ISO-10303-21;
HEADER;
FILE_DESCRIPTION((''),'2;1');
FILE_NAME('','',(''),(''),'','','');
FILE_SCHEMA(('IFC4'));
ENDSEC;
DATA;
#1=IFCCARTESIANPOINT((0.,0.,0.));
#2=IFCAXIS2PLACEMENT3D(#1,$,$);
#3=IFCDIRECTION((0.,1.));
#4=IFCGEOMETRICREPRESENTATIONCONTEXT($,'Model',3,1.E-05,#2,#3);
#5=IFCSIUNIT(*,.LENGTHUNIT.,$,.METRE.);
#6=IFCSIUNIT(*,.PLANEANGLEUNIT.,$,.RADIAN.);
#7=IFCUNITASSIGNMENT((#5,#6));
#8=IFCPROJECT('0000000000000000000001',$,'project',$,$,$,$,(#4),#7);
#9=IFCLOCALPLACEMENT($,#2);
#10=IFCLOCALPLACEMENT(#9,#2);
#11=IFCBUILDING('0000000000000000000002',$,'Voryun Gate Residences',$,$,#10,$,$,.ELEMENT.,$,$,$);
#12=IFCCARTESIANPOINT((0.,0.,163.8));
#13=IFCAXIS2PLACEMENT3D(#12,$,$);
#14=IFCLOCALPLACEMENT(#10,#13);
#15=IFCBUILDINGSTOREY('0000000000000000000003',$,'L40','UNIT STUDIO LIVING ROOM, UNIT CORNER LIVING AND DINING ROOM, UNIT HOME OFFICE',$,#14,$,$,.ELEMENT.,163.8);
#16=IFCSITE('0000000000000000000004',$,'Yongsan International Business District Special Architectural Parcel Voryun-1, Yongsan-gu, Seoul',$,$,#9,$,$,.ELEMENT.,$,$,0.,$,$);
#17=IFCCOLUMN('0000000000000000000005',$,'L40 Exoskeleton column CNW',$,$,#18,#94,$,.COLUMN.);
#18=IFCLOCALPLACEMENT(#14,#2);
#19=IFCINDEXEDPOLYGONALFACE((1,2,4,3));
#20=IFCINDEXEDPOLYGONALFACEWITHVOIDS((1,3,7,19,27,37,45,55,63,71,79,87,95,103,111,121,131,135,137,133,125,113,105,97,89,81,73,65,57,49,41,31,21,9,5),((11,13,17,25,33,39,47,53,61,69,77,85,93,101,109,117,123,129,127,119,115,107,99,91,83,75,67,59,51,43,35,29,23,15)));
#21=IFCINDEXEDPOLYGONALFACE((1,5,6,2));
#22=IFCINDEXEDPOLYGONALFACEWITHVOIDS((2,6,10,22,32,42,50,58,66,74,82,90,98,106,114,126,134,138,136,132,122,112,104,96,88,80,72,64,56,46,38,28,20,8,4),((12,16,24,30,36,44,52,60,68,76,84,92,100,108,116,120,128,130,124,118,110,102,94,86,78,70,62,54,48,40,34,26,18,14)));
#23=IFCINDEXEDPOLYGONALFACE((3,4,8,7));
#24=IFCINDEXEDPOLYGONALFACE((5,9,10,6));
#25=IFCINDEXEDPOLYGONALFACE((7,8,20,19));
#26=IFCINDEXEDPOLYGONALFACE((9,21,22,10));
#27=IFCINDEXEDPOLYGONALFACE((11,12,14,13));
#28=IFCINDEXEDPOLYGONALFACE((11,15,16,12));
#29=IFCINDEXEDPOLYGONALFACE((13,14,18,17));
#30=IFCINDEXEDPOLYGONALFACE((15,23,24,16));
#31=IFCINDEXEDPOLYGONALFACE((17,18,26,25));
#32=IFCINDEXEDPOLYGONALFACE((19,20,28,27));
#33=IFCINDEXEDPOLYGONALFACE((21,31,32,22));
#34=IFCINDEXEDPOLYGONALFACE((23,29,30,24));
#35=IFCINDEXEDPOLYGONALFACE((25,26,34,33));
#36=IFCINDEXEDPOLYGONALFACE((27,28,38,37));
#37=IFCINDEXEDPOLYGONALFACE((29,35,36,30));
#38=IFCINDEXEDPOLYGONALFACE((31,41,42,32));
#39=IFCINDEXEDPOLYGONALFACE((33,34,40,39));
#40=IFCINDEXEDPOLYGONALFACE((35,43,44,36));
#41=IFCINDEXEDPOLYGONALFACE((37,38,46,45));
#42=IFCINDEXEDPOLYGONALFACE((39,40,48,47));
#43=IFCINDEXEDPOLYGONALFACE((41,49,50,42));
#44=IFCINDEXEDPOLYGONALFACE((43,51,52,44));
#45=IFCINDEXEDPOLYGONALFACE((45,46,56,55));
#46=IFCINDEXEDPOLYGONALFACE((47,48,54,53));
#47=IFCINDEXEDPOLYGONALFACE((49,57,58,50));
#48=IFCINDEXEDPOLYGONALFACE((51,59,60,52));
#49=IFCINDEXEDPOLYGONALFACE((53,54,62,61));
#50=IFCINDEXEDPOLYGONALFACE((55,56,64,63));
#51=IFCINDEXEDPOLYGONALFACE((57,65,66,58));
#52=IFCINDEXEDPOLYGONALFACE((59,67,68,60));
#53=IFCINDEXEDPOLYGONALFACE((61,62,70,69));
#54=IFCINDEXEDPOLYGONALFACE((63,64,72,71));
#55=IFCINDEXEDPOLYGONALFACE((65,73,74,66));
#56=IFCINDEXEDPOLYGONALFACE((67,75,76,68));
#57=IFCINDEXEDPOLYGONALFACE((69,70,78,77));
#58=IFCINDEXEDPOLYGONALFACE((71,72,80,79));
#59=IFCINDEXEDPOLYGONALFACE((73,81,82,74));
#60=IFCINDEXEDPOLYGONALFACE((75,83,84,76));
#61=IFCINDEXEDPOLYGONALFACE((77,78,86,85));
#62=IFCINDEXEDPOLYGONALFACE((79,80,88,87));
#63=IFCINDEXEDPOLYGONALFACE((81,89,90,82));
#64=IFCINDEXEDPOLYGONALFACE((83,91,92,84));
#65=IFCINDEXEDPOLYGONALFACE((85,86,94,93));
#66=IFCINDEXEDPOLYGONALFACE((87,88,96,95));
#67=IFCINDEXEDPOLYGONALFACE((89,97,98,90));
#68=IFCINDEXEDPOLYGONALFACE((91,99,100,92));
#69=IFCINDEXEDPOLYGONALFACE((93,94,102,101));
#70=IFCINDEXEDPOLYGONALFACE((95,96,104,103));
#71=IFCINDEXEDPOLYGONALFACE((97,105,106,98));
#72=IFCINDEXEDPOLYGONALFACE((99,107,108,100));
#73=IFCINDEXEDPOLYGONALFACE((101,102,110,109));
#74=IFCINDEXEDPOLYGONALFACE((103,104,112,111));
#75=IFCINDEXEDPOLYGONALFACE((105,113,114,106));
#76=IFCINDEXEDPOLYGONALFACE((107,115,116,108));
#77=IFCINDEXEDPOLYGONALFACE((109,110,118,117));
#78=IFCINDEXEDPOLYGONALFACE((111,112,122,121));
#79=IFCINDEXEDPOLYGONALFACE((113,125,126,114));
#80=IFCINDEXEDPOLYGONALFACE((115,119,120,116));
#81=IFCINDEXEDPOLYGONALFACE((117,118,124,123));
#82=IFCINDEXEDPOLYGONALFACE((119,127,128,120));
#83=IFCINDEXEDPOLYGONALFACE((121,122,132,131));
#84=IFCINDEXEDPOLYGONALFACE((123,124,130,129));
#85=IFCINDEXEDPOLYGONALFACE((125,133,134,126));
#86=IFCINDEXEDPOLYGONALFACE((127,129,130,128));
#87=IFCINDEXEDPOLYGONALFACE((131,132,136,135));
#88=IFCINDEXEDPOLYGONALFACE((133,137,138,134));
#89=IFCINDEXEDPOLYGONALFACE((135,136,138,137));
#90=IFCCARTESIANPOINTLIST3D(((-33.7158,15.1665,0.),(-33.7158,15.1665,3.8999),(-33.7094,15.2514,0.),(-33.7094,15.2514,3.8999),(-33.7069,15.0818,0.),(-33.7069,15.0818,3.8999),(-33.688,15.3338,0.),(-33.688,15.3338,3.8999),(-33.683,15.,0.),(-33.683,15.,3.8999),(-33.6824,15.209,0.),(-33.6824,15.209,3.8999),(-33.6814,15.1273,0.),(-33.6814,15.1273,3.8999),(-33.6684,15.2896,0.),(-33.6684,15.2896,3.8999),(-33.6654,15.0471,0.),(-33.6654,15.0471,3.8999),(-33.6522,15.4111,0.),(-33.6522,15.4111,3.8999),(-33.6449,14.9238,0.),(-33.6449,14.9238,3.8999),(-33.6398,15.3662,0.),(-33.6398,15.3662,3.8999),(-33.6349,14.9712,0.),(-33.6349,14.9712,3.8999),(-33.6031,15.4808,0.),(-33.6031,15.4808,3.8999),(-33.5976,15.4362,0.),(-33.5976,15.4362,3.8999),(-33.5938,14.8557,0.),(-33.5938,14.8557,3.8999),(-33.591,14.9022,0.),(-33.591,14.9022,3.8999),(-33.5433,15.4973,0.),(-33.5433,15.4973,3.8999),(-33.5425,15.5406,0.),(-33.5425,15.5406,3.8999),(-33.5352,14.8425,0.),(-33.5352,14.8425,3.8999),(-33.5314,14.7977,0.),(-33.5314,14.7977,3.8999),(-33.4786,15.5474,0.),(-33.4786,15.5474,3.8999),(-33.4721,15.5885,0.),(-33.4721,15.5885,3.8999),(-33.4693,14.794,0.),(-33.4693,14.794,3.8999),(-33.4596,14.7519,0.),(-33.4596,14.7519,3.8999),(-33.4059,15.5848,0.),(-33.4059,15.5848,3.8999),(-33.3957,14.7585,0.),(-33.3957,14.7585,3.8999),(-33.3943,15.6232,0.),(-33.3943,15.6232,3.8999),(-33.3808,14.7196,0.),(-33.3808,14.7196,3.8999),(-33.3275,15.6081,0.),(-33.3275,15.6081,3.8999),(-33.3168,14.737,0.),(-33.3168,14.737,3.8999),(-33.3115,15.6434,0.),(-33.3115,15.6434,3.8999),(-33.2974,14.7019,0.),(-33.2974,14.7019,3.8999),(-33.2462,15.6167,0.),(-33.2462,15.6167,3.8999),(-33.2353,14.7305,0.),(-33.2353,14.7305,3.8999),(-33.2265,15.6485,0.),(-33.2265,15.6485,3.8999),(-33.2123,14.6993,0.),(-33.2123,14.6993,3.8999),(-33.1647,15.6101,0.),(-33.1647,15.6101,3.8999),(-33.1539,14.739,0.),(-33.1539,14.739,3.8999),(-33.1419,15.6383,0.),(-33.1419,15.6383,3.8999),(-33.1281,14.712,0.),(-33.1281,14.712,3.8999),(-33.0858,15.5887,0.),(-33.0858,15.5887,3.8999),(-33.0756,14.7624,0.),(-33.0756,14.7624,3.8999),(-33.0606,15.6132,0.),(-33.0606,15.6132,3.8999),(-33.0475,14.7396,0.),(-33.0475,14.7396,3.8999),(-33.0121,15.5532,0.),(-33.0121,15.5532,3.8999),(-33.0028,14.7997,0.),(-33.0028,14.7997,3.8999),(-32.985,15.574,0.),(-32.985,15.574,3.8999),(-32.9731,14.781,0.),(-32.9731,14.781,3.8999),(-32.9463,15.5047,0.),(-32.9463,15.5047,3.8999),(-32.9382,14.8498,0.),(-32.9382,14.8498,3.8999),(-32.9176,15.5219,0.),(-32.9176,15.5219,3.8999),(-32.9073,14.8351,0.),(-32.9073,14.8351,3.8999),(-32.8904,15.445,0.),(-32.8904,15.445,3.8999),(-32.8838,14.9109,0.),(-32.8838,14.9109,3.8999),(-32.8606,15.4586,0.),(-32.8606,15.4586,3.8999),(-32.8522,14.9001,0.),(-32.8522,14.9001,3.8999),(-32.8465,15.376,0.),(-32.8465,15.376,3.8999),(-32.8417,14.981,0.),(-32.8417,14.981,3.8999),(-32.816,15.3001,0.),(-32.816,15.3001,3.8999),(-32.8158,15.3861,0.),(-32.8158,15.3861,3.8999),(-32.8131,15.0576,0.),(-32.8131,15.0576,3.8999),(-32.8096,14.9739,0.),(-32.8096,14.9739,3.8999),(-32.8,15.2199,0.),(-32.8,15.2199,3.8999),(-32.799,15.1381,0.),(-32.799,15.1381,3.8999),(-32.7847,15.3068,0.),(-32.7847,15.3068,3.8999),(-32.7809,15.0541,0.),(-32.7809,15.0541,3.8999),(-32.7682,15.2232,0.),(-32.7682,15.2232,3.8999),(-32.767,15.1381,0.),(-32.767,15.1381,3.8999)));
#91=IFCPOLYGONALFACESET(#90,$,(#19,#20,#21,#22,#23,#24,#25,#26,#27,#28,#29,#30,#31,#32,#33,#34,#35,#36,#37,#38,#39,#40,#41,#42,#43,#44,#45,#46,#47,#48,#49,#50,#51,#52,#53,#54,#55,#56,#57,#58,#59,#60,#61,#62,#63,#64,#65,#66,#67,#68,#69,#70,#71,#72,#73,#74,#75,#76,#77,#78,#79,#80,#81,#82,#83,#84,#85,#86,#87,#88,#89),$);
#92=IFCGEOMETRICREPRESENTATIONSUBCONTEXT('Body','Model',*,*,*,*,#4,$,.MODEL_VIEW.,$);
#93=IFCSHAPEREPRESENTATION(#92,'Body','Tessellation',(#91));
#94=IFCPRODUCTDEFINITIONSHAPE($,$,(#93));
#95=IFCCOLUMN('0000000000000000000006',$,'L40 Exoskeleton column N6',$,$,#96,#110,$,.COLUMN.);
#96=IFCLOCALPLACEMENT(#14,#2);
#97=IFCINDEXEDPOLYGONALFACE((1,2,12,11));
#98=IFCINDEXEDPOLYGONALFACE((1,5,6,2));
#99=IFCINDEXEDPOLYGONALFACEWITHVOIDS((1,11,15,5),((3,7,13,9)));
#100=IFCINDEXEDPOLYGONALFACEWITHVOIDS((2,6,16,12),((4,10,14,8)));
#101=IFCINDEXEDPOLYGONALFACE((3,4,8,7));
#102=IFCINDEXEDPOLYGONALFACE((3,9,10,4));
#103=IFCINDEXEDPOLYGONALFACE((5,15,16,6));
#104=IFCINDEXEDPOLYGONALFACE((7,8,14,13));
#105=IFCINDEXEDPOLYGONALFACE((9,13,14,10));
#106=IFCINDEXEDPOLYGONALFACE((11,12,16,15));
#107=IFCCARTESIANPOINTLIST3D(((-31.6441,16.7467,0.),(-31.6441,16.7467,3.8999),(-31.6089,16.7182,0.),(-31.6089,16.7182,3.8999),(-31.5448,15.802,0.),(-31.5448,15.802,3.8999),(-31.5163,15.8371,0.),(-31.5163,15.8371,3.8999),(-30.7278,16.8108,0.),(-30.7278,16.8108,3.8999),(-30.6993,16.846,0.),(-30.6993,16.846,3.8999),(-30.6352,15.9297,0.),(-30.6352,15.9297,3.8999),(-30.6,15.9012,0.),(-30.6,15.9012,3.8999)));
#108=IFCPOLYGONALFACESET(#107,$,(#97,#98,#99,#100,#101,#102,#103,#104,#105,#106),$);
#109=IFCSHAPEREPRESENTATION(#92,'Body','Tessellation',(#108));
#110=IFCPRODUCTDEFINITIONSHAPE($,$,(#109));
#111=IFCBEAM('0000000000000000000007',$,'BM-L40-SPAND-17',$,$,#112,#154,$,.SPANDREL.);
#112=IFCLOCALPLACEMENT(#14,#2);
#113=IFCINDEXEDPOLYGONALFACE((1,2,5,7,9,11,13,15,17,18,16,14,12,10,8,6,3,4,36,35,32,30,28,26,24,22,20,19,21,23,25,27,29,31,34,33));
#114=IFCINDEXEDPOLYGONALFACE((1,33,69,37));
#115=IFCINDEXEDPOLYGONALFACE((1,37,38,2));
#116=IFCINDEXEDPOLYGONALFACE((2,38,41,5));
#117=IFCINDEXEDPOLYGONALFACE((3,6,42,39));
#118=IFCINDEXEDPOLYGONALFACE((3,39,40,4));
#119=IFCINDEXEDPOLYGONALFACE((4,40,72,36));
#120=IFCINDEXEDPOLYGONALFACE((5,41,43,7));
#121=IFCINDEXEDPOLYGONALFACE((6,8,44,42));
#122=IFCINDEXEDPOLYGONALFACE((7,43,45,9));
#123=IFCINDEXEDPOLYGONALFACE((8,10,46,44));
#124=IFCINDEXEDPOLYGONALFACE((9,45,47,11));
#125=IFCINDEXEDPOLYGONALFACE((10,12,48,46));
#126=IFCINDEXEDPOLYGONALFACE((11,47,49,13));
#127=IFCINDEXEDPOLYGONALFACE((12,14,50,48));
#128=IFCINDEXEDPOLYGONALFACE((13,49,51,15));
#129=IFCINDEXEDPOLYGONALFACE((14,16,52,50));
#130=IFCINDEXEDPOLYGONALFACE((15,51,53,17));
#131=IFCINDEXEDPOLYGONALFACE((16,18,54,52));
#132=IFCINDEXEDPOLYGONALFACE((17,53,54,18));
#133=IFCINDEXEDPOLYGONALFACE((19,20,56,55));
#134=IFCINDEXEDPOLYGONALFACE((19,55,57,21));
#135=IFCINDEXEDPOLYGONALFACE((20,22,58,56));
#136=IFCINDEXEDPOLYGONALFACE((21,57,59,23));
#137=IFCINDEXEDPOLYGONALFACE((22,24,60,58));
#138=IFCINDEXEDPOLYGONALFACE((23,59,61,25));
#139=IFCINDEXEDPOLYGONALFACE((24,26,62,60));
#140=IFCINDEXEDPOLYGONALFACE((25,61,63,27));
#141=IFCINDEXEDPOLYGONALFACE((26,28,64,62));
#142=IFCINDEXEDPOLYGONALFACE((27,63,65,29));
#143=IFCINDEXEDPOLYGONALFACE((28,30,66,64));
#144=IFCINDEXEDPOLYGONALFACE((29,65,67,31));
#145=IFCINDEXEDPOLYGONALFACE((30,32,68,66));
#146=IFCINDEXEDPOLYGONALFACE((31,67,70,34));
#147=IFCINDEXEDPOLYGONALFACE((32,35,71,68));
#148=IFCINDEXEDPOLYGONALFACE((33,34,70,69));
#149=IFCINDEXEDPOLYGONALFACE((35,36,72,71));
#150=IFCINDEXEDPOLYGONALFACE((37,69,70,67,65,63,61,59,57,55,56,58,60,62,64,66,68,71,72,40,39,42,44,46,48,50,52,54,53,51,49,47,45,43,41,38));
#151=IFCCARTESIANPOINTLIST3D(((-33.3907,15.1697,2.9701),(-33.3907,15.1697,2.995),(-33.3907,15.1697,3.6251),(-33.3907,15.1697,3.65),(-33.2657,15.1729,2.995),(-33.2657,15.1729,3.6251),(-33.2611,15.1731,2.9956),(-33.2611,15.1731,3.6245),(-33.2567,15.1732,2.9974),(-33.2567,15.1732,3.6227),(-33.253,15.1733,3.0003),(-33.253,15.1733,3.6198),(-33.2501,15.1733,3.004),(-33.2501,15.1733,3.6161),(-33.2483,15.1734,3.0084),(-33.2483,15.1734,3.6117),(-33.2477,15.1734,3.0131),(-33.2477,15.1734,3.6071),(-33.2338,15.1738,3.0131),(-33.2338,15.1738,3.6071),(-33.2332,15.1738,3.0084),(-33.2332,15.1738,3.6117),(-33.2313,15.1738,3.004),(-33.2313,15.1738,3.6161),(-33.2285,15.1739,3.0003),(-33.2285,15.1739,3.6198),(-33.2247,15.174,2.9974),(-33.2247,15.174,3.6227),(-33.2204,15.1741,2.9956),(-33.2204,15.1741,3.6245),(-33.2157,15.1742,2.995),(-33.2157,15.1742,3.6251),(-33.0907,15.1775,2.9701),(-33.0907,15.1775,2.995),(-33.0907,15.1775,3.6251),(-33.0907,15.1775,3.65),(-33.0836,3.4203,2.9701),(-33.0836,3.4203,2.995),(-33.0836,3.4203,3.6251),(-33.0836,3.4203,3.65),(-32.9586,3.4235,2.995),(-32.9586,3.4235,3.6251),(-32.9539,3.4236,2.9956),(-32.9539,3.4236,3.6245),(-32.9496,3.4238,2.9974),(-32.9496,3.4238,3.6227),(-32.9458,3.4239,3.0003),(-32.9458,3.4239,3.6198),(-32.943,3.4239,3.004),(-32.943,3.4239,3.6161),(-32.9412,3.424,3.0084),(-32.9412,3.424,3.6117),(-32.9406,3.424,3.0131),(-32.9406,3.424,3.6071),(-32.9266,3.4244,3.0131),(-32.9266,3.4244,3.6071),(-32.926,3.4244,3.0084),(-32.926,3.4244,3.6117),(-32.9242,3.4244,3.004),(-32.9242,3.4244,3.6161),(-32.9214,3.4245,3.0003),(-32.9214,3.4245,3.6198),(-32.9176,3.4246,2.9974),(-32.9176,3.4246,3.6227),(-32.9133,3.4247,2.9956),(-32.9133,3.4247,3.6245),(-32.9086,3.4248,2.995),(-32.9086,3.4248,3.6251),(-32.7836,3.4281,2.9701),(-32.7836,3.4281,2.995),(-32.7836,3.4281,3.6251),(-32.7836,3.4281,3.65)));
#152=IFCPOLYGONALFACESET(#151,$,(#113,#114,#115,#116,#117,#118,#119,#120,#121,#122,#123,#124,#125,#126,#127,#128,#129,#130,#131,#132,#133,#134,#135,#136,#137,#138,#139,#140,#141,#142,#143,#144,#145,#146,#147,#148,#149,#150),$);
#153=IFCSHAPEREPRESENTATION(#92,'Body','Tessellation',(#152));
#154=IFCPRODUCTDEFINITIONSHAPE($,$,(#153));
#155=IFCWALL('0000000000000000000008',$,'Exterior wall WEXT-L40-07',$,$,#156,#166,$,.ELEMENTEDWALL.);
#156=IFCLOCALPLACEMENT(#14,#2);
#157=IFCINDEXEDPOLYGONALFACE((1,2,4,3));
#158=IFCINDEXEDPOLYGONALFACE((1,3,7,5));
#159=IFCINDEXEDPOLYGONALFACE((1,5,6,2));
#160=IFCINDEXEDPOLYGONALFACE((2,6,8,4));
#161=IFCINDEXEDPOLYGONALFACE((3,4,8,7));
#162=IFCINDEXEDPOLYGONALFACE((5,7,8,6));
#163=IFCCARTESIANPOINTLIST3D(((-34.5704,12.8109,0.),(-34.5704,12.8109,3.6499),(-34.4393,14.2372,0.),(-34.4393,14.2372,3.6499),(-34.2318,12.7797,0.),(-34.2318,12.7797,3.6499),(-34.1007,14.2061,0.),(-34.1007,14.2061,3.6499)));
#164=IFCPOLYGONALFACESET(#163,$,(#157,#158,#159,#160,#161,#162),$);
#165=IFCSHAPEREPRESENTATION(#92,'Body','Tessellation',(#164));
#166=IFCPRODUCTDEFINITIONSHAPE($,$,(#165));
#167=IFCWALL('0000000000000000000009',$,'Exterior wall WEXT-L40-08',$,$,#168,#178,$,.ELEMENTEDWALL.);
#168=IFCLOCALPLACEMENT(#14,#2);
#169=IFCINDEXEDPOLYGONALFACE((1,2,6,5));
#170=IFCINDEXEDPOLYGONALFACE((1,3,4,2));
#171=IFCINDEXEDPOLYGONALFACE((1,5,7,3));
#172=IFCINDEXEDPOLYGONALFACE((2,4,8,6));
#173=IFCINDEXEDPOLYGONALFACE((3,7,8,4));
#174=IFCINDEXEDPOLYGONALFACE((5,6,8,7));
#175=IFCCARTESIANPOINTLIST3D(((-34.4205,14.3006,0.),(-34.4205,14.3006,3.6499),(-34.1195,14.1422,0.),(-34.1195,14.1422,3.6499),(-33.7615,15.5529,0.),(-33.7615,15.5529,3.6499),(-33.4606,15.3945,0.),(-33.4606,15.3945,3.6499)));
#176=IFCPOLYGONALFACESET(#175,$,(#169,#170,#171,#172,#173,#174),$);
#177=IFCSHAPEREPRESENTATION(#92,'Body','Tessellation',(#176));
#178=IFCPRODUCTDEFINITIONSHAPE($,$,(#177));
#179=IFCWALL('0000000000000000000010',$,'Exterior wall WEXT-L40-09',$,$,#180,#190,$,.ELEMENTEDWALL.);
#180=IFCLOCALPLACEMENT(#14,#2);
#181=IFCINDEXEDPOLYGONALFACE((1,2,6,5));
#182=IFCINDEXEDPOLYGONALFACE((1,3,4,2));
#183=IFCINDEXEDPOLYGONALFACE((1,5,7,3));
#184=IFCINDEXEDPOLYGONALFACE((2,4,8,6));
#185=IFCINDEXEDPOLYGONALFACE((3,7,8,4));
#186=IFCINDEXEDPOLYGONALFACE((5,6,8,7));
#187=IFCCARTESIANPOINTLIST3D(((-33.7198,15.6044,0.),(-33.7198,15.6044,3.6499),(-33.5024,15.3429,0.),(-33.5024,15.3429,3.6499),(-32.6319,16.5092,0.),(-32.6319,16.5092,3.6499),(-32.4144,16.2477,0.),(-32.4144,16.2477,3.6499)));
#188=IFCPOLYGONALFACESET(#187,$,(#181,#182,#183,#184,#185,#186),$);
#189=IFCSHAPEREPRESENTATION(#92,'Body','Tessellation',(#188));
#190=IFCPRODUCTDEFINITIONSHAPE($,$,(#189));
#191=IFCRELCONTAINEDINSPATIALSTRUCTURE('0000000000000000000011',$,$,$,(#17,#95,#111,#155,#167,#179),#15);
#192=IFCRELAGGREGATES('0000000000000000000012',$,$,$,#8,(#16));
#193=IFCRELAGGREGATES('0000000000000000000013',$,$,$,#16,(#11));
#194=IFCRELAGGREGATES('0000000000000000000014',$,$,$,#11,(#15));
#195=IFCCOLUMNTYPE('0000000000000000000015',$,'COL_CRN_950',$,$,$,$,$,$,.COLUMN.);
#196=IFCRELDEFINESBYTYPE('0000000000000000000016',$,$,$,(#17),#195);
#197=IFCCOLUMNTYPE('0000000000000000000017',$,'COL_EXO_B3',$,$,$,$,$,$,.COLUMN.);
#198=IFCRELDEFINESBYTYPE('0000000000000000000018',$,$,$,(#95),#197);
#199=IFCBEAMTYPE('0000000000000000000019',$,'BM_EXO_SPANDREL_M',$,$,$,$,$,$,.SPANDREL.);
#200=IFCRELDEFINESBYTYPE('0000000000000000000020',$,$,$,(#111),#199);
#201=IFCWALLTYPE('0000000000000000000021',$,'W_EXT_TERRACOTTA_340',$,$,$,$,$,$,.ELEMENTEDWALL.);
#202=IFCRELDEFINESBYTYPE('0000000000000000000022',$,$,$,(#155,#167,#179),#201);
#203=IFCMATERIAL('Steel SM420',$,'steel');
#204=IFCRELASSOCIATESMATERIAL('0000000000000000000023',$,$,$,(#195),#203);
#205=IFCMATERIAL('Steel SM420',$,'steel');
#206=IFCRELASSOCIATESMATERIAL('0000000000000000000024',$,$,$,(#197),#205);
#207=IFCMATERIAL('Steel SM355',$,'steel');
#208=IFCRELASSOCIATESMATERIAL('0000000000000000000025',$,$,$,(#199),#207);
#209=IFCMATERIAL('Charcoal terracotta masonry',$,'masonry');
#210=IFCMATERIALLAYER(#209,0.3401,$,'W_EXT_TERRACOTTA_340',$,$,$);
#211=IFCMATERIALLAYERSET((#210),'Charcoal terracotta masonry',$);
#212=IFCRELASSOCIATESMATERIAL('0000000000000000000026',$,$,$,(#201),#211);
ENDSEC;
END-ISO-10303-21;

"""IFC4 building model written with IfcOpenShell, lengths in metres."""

from ifc_helpers import new_model, si_unit, direction, frame, frame_2d, origin, origin_2d, place, context, subcontext, project, spatial, rectangle, hollow_rectangle, hollow_circle, i_section, extrude, material, layer, layer_set, material_profile, profile_set, type_object, element, save


model = new_model("IFC4")

# Units and contexts
model_context = context("Model", 3, precision=1e-05, world=origin(), true_north=direction((0.0, 1.0)))
body_context = subcontext(model_context, "Body", "Model", "MODEL_VIEW")
ifc_project = project(units=[si_unit("LENGTHUNIT", "METRE"), si_unit("PLANEANGLEUNIT", "RADIAN")], contexts=[model_context])

# Site, building, storey
site_placement = place(None, origin())
site = spatial("IfcSite", under=ifc_project, at=site_placement, Name="Yongsan International Business District Special Architectural Parcel Voryun-1, Yongsan-gu, Seoul", CompositionType="ELEMENT", RefElevation=0.0)
building_placement = place(site_placement, origin())
building = spatial("IfcBuilding", under=site, at=building_placement, Name="Voryun Gate Residences", CompositionType="ELEMENT")
storey_placement = place(building_placement, frame((0.0, 0.0, 163.8)))
storey = spatial("IfcBuildingStorey", under=building, at=storey_placement, Name="L40", Description="UNIT STUDIO LIVING ROOM, UNIT CORNER LIVING AND DINING ROOM, UNIT HOME OFFICE", CompositionType="ELEMENT", Elevation=163.8)

# Columns
ifc_material_1 = material(Name="Steel SM420", Category="steel")
ifc_material_profile_1 = material_profile(ifc_material_1, hollow_circle(Radius=0.4751, WallThickness=0.032, at=origin_2d()), Name="CHS-950x32")
ifc_profile_set_1 = profile_set([ifc_material_profile_1], Name="Steel SM420")
column_type_1 = type_object("IfcColumnType", Name="COL_CRN_950", PredefinedType="COLUMN", material=ifc_profile_set_1)
column_1_placement = place(storey_placement, frame((-33.2407, 15.1736, 0.0), z_axis=(0.0, 0.0, 1.0), x_axis=(0.994522, 0.104528, 0.0)))
element("IfcColumn", 1, at=column_1_placement, inside=storey, type_object=column_type_1, Name="L40 Exoskeleton column CNW", PredefinedType="COLUMN", context=body_context, shape_type="SweptSolid", body=[
    extrude(hollow_circle(Radius=0.4751, WallThickness=0.032, at=origin_2d()), origin(), (0.0, 0.0, 1.0), 3.8999),
])
ifc_material_2 = material(Name="Steel SM420", Category="steel")
ifc_material_profile_2 = material_profile(ifc_material_2, hollow_rectangle(XDim=0.95, YDim=0.95, WallThickness=0.032, at=origin_2d()), Name="BOX-950x950x32")
ifc_profile_set_2 = profile_set([ifc_material_profile_2], Name="Steel SM420")
column_type_2 = type_object("IfcColumnType", Name="COL_EXO_B3", PredefinedType="COLUMN", material=ifc_profile_set_2)
column_2_placement = place(storey_placement, frame((-31.1221, 16.324, 0.0), z_axis=(0.0, 0.0, 1.0), x_axis=(0.994522, 0.104528, 0.0)))
element("IfcColumn", 2, at=column_2_placement, inside=storey, type_object=column_type_2, Name="L40 Exoskeleton column N6", PredefinedType="COLUMN", context=body_context, shape_type="SweptSolid", body=[
    extrude(hollow_rectangle(XDim=0.95, YDim=0.95, WallThickness=0.032, at=origin_2d()), origin(), (0.0, 0.0, 1.0), 3.8999),
])

# Beam
ifc_material_3 = material(Name="Steel SM355", Category="steel")
ifc_material_profile_3 = material_profile(ifc_material_3, i_section(OverallWidth=0.3, OverallDepth=0.6799, WebThickness=0.0139, FlangeThickness=0.0249, FilletRadius=0.0181, at=origin_2d()), Name="H-680x300x14x25")
ifc_profile_set_3 = profile_set([ifc_material_profile_3], Name="Steel SM355")
beam_type = type_object("IfcBeamType", Name="BM_EXO_SPANDREL_M", PredefinedType="SPANDREL", material=ifc_profile_set_3)
beam_placement = place(storey_placement, frame((-33.2407, 15.1736, 3.3101), z_axis=(0.026131, -0.999659, 0.0), x_axis=(0.999659, 0.026131, 0.0)))
element("IfcBeam", 3, at=beam_placement, inside=storey, type_object=beam_type, Name="BM-L40-SPAND-17", PredefinedType="SPANDREL", context=body_context, shape_type="SweptSolid", body=[
    extrude(i_section(OverallWidth=0.3, OverallDepth=0.6799, WebThickness=0.0139, FlangeThickness=0.0249, FilletRadius=0.0181, at=origin_2d()), origin(), (0.0, 0.0, 1.0), 11.7534),
])

# Walls
ifc_material_4 = material(Name="Charcoal terracotta masonry", Category="masonry")
ifc_layer_1 = layer(ifc_material_4, 0.3401, Name="W_EXT_TERRACOTTA_340")
ifc_layer_set_1 = layer_set([ifc_layer_1], Name="Charcoal terracotta masonry")
wall_type_1 = type_object("IfcWallType", Name="W_EXT_TERRACOTTA_340", PredefinedType="ELEMENTEDWALL", material=ifc_layer_set_1)
wall_1_placement = place(storey_placement, frame((-34.4011, 12.7952, 0.0), z_axis=(0.0, 0.0, 1.0), x_axis=(0.091535, 0.995802, 0.0)))
element("IfcWall", 4, at=wall_1_placement, inside=storey, type_object=wall_type_1, Name="Exterior wall WEXT-L40-07", PredefinedType="ELEMENTEDWALL", context=body_context, shape_type="SweptSolid", body=[
    extrude(rectangle(XDim=1.4324, YDim=0.3401, at=frame_2d((0.7163, 0.0))), origin(), (0.0, 0.0, 1.0), 3.6499),
])
for number, where, z_axis, x_axis, name in (
    (5, (-34.27, 14.2214, 0.0), (0.0, 0.0, 1.0), (0.465682, 0.884952, 0.0), "Exterior wall WEXT-L40-08"),
    (6, (-33.6111, 15.4736, 0.0), (0.0, 0.0, 1.0), (0.768843, 0.639437, 0.0), "Exterior wall WEXT-L40-09"),
):
    element("IfcWall", number, at=place(storey_placement, frame(where, z_axis=z_axis, x_axis=x_axis)), inside=storey, type_object=wall_type_1, Name=name, PredefinedType="ELEMENTEDWALL", context=body_context, shape_type="SweptSolid", body=[
        extrude(rectangle(XDim=1.415, YDim=0.3401, at=frame_2d((0.7075, 0.0))), origin(), (0.0, 0.0, 1.0), 3.6499),
    ])

save(model, "model.ifc")
